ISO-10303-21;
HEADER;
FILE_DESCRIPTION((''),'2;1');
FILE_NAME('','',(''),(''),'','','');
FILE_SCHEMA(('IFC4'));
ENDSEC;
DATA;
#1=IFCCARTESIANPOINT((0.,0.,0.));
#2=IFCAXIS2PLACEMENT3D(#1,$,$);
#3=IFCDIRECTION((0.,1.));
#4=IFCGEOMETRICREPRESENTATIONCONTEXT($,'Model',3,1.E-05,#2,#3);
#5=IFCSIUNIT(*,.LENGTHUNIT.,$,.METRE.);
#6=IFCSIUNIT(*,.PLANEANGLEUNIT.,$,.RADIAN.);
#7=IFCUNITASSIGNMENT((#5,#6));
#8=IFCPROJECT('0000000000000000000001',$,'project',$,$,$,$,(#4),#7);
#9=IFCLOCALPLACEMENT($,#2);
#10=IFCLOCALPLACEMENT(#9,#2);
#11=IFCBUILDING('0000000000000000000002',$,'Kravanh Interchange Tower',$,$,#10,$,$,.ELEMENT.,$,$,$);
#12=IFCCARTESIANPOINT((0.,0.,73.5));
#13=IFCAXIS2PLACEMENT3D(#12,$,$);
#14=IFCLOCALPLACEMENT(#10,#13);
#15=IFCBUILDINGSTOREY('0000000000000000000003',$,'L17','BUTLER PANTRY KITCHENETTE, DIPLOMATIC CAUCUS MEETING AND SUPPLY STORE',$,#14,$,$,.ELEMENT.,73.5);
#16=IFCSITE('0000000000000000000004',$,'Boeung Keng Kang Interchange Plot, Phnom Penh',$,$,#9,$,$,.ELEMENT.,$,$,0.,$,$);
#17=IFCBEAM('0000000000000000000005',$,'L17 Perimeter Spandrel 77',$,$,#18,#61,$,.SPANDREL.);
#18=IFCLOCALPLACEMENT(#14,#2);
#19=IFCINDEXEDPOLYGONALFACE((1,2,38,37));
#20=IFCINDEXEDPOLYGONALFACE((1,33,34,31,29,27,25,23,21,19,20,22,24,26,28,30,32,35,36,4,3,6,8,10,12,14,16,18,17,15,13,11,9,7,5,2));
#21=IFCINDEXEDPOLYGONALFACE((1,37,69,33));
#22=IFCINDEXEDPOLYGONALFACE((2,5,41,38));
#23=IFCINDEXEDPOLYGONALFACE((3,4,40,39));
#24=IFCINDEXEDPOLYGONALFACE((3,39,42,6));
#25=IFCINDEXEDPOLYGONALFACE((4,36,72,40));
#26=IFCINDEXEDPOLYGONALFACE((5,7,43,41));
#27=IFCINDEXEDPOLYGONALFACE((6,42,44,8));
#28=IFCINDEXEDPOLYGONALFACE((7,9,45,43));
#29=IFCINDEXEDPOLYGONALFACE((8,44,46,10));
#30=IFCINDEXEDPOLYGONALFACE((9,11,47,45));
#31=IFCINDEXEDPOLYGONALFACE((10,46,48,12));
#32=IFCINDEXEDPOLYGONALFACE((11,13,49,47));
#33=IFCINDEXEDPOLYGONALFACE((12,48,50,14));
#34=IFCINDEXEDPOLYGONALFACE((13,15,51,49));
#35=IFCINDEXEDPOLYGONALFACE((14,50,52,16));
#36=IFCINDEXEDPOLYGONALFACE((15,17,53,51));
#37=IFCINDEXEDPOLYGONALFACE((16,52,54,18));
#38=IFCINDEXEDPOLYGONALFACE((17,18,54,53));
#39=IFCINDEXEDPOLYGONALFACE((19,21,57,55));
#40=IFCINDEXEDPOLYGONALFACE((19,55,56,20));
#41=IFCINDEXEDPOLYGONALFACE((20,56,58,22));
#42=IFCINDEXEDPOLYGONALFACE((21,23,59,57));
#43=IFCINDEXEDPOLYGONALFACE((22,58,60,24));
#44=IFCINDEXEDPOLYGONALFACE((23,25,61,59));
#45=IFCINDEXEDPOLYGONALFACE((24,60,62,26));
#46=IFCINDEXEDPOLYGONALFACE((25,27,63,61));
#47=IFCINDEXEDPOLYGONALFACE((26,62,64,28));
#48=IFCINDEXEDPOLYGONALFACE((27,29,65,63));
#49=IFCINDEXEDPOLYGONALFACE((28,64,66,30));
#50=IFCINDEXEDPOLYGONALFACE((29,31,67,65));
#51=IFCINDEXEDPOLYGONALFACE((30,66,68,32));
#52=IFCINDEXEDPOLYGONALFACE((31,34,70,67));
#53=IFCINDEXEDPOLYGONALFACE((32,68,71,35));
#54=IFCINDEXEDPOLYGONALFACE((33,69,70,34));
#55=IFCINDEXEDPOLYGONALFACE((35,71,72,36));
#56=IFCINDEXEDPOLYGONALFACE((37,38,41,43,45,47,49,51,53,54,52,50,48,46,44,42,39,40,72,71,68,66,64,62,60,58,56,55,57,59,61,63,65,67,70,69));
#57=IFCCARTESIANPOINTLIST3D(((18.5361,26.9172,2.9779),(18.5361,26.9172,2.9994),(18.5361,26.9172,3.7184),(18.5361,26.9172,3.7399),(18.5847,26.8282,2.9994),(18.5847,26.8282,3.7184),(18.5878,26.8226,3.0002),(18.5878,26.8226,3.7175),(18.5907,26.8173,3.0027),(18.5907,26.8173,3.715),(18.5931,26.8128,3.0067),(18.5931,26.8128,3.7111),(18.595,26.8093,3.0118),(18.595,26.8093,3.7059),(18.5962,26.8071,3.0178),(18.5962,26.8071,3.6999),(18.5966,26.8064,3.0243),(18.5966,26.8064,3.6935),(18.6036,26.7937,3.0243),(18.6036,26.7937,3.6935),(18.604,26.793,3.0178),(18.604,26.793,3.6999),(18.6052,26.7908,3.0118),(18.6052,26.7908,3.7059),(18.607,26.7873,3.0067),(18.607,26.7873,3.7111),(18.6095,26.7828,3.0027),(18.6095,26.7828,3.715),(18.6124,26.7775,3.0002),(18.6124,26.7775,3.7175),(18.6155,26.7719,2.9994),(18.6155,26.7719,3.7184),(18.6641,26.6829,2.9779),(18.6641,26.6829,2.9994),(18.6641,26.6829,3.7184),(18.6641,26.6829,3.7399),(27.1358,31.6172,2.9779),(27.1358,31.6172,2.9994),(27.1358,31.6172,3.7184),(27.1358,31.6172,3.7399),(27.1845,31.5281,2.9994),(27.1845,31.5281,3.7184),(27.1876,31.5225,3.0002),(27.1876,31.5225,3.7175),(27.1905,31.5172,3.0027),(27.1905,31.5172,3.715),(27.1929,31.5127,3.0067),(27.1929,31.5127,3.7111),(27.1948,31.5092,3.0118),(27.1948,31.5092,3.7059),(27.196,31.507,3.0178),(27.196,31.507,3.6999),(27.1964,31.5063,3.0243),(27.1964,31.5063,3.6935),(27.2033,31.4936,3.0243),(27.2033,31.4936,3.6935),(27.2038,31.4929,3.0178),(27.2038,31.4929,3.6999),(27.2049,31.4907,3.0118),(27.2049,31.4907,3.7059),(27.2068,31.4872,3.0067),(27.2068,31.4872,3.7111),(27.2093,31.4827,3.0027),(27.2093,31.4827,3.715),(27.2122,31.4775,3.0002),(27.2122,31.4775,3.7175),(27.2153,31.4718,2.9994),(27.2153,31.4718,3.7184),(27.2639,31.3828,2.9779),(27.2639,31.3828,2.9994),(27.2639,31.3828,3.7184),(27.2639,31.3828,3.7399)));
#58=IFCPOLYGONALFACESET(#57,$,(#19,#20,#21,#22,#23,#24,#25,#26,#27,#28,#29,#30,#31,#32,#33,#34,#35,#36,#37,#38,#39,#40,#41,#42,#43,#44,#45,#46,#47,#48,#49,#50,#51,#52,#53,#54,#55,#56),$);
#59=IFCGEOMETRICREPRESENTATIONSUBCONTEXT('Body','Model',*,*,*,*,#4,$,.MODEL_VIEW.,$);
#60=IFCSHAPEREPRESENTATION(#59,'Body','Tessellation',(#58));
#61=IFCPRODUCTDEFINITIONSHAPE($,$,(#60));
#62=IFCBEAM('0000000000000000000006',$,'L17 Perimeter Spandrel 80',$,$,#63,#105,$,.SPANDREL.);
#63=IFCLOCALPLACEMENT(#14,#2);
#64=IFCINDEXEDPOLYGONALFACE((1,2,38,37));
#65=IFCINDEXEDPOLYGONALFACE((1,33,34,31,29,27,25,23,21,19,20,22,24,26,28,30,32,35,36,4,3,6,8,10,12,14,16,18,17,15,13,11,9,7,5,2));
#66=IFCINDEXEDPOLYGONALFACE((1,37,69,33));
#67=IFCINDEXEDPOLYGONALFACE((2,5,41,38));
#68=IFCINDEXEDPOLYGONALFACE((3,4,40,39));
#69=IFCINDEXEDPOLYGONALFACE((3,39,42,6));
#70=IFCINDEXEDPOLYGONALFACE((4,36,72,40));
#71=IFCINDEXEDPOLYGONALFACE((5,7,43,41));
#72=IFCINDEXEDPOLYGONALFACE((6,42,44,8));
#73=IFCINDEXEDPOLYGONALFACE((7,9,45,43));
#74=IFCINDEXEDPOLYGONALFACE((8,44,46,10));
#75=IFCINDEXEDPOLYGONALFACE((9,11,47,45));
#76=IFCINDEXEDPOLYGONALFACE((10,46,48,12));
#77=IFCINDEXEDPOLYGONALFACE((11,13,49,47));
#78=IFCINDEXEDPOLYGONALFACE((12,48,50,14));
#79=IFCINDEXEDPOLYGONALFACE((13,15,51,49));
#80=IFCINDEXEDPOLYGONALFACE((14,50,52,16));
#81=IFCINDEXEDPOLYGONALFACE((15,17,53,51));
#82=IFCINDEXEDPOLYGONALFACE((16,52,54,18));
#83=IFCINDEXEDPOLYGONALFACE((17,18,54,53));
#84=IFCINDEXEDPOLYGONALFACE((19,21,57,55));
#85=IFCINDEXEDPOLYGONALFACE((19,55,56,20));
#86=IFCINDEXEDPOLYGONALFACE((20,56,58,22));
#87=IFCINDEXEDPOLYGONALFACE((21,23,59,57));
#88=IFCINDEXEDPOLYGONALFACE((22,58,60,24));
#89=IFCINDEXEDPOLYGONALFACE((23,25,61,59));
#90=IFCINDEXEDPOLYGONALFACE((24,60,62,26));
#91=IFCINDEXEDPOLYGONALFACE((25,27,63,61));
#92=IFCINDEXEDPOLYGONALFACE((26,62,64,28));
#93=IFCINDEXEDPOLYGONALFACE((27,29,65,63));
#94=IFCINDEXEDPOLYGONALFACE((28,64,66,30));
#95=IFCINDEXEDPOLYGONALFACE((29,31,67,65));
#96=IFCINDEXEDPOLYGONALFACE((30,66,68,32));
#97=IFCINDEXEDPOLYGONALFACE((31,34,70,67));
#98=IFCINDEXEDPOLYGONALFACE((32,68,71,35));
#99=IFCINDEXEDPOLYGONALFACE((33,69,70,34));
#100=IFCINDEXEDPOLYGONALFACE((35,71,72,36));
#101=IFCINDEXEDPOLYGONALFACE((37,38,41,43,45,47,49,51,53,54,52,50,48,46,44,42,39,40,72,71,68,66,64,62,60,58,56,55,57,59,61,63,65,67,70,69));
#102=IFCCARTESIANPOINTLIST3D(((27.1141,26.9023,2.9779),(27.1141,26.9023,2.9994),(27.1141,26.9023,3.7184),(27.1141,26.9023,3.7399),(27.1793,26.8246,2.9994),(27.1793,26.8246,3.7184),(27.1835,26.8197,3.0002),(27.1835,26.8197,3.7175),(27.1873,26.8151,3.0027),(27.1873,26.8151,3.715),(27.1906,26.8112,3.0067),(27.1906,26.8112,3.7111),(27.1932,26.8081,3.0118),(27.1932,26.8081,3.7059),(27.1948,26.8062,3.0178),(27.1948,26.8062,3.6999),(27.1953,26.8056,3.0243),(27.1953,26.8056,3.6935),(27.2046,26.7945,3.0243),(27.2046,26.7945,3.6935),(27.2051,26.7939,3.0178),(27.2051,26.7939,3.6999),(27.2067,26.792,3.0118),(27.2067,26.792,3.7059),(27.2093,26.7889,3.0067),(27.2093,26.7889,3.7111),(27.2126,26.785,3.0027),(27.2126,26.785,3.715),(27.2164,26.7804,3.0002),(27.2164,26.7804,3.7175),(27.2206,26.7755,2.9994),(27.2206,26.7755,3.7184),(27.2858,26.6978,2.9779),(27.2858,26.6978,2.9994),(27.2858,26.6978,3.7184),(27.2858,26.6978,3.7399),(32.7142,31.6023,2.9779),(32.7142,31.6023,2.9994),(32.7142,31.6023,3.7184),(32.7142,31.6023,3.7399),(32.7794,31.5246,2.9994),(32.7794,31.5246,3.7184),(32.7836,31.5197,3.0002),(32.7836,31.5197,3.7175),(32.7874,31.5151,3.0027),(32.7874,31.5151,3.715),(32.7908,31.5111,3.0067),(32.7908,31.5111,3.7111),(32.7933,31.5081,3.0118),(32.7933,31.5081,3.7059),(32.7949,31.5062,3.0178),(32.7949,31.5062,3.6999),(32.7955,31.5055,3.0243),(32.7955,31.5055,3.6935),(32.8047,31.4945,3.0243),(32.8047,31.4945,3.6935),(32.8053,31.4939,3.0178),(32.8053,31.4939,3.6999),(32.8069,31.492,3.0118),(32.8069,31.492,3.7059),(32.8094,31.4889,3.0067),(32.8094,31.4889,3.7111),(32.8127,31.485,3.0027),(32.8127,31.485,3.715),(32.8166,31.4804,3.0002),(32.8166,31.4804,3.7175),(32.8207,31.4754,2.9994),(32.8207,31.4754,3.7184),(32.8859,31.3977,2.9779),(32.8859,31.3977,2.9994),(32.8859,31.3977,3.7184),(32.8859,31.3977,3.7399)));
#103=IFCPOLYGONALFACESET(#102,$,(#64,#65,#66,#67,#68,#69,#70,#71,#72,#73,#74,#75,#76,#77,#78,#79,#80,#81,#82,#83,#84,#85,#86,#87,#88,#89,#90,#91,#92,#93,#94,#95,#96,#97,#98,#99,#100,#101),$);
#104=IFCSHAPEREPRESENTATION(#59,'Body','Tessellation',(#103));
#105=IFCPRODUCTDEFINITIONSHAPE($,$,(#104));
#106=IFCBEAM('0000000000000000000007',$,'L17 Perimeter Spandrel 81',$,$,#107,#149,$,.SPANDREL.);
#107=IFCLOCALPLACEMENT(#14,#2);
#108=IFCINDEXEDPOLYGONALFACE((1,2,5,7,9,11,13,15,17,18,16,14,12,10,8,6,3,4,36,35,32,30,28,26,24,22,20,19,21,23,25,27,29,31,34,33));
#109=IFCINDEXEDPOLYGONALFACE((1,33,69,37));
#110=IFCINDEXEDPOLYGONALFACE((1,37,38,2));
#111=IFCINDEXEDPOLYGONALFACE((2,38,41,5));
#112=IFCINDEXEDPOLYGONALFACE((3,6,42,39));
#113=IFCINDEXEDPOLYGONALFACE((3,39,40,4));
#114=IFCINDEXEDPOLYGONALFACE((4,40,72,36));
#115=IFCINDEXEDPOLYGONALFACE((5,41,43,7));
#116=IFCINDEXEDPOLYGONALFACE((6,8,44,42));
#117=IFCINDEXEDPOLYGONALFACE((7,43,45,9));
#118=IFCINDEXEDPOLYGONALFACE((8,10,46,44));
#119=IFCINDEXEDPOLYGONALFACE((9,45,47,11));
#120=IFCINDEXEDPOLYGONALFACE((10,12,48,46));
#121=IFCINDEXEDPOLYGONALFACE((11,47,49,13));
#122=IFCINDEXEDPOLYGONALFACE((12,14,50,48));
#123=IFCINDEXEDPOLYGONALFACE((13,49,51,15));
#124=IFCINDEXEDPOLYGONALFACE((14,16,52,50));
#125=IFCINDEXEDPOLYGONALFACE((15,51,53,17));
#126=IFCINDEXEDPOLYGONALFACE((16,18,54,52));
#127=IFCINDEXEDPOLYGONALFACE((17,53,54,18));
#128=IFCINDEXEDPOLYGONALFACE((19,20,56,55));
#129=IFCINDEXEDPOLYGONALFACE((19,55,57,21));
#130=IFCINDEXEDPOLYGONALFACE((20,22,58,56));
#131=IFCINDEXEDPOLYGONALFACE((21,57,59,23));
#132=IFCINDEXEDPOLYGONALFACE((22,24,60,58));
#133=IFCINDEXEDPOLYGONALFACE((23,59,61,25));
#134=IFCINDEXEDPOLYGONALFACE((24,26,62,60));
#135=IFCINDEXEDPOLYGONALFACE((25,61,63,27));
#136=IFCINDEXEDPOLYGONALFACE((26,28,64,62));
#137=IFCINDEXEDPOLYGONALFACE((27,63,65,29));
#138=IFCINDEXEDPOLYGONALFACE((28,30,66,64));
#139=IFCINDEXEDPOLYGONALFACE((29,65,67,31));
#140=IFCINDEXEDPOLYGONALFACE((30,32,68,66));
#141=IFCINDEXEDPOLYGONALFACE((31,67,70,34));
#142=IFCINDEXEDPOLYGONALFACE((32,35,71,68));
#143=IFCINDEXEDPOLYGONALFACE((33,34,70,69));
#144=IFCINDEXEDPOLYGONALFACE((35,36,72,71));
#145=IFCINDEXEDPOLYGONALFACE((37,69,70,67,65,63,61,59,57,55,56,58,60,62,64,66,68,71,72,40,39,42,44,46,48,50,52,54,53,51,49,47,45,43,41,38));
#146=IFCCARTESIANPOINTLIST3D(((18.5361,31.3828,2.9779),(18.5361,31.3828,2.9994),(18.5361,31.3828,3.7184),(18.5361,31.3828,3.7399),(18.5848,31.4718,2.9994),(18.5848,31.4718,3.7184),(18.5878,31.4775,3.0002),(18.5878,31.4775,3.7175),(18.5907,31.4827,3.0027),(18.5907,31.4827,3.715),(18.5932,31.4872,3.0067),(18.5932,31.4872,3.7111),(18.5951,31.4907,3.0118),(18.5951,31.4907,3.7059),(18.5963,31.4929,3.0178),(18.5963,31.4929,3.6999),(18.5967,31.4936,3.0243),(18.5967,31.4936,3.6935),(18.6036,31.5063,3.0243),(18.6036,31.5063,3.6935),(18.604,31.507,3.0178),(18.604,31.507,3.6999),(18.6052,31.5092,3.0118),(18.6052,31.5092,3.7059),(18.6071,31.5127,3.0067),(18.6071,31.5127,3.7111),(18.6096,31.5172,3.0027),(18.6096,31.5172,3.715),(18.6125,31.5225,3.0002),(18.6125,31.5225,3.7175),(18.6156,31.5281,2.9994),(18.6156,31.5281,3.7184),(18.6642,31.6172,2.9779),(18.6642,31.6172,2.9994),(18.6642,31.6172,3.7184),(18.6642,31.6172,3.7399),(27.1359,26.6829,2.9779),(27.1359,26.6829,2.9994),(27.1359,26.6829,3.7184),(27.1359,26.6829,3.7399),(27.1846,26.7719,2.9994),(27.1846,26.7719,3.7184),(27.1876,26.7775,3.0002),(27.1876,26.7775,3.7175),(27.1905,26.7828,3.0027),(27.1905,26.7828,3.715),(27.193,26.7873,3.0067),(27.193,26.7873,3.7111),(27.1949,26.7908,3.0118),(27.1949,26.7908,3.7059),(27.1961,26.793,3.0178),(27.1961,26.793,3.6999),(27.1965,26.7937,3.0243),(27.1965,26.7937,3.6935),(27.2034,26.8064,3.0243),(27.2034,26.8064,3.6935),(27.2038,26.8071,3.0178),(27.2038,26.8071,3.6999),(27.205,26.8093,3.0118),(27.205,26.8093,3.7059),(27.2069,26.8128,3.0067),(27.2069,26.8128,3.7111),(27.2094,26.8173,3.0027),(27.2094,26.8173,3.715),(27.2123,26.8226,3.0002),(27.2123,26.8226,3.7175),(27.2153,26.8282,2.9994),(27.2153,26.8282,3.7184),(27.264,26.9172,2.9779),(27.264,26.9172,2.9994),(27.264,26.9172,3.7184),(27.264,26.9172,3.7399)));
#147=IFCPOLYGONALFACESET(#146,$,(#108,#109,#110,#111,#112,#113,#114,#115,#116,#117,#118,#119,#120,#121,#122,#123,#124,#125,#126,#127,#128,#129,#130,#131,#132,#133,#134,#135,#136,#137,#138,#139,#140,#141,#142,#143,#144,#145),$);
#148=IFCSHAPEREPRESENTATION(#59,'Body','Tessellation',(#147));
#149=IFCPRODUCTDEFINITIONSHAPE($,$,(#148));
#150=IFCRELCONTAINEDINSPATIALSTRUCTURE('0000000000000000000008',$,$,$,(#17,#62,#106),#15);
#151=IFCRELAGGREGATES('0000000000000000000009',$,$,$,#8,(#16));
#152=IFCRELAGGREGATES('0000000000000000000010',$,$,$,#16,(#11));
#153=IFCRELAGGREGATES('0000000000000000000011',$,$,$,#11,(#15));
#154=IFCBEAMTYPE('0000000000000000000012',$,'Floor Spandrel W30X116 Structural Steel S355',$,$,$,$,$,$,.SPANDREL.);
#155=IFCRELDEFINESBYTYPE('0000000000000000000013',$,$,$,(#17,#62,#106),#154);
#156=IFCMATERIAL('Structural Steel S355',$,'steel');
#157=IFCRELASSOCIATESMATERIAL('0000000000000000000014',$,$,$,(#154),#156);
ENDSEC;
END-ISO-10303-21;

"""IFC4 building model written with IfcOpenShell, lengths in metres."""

from ifc_helpers import new_model, si_unit, direction, frame, origin, origin_2d, place, context, subcontext, project, spatial, i_section, extrude, material, material_profile, profile_set, type_object, element, save


model = new_model("IFC4")

# Units and contexts
model_context = context("Model", 3, precision=1e-05, world=origin(), true_north=direction((0.0, 1.0)))
body_context = subcontext(model_context, "Body", "Model", "MODEL_VIEW")
ifc_project = project(units=[si_unit("LENGTHUNIT", "METRE"), si_unit("PLANEANGLEUNIT", "RADIAN")], contexts=[model_context])

# Site, building, storey
site_placement = place(None, origin())
site = spatial("IfcSite", under=ifc_project, at=site_placement, Name="Boeung Keng Kang Interchange Plot, Phnom Penh", CompositionType="ELEMENT", RefElevation=0.0)
building_placement = place(site_placement, origin())
building = spatial("IfcBuilding", under=site, at=building_placement, Name="Kravanh Interchange Tower", CompositionType="ELEMENT")
storey_placement = place(building_placement, frame((0.0, 0.0, 73.5)))
storey = spatial("IfcBuildingStorey", under=building, at=storey_placement, Name="L17", Description="BUTLER PANTRY KITCHENETTE, DIPLOMATIC CAUCUS MEETING AND SUPPLY STORE", CompositionType="ELEMENT", Elevation=73.5)

# Beams
ifc_material_1 = material(Name="Structural Steel S355", Category="steel")
ifc_material_profile_1 = material_profile(ifc_material_1, i_section(OverallWidth=0.2671, OverallDepth=0.762, WebThickness=0.0144, FlangeThickness=0.0215, FilletRadius=0.0249, at=origin_2d()), Name="W30X116")
ifc_profile_set_1 = profile_set([ifc_material_profile_1], Name="Structural Steel S355")
beam_type_1 = type_object("IfcBeamType", Name="Floor Spandrel W30X116 Structural Steel S355", PredefinedType="SPANDREL", material=ifc_profile_set_1)
beam_1_placement = place(storey_placement, frame((18.6001, 26.8, 3.3589), z_axis=(0.877504, 0.479569, 0.0), x_axis=(-0.479569, 0.877504, 0.0)))
element("IfcBeam", 1, at=beam_1_placement, inside=storey, type_object=beam_type_1, Name="L17 Perimeter Spandrel 77", PredefinedType="SPANDREL", context=body_context, shape_type="SweptSolid", body=[
    extrude(i_section(OverallWidth=0.2671, OverallDepth=0.762, WebThickness=0.0144, FlangeThickness=0.0215, FilletRadius=0.0249, at=origin_2d()), origin(), (0.0, 0.0, 1.0), 9.8003),
])
beam_2_placement = place(storey_placement, frame((27.2, 26.8, 3.3589), z_axis=(0.765983, 0.642861, 0.0), x_axis=(-0.642861, 0.765983, 0.0)))
element("IfcBeam", 2, at=beam_2_placement, inside=storey, type_object=beam_type_1, Name="L17 Perimeter Spandrel 80", PredefinedType="SPANDREL", context=body_context, shape_type="SweptSolid", body=[
    extrude(i_section(OverallWidth=0.2671, OverallDepth=0.762, WebThickness=0.0144, FlangeThickness=0.0215, FilletRadius=0.0249, at=origin_2d()), origin(), (0.0, 0.0, 1.0), 7.311),
])
beam_3_placement = place(storey_placement, frame((27.2, 26.8, 3.3589), z_axis=(-0.877504, 0.479569, 0.0), x_axis=(-0.479569, -0.877504, 0.0)))
element("IfcBeam", 3, at=beam_3_placement, inside=storey, type_object=beam_type_1, Name="L17 Perimeter Spandrel 81", PredefinedType="SPANDREL", context=body_context, shape_type="SweptSolid", body=[
    extrude(i_section(OverallWidth=0.2671, OverallDepth=0.762, WebThickness=0.0144, FlangeThickness=0.0215, FilletRadius=0.0249, at=origin_2d()), origin(), (0.0, 0.0, 1.0), 9.8003),
])

save(model, "model.ifc")
